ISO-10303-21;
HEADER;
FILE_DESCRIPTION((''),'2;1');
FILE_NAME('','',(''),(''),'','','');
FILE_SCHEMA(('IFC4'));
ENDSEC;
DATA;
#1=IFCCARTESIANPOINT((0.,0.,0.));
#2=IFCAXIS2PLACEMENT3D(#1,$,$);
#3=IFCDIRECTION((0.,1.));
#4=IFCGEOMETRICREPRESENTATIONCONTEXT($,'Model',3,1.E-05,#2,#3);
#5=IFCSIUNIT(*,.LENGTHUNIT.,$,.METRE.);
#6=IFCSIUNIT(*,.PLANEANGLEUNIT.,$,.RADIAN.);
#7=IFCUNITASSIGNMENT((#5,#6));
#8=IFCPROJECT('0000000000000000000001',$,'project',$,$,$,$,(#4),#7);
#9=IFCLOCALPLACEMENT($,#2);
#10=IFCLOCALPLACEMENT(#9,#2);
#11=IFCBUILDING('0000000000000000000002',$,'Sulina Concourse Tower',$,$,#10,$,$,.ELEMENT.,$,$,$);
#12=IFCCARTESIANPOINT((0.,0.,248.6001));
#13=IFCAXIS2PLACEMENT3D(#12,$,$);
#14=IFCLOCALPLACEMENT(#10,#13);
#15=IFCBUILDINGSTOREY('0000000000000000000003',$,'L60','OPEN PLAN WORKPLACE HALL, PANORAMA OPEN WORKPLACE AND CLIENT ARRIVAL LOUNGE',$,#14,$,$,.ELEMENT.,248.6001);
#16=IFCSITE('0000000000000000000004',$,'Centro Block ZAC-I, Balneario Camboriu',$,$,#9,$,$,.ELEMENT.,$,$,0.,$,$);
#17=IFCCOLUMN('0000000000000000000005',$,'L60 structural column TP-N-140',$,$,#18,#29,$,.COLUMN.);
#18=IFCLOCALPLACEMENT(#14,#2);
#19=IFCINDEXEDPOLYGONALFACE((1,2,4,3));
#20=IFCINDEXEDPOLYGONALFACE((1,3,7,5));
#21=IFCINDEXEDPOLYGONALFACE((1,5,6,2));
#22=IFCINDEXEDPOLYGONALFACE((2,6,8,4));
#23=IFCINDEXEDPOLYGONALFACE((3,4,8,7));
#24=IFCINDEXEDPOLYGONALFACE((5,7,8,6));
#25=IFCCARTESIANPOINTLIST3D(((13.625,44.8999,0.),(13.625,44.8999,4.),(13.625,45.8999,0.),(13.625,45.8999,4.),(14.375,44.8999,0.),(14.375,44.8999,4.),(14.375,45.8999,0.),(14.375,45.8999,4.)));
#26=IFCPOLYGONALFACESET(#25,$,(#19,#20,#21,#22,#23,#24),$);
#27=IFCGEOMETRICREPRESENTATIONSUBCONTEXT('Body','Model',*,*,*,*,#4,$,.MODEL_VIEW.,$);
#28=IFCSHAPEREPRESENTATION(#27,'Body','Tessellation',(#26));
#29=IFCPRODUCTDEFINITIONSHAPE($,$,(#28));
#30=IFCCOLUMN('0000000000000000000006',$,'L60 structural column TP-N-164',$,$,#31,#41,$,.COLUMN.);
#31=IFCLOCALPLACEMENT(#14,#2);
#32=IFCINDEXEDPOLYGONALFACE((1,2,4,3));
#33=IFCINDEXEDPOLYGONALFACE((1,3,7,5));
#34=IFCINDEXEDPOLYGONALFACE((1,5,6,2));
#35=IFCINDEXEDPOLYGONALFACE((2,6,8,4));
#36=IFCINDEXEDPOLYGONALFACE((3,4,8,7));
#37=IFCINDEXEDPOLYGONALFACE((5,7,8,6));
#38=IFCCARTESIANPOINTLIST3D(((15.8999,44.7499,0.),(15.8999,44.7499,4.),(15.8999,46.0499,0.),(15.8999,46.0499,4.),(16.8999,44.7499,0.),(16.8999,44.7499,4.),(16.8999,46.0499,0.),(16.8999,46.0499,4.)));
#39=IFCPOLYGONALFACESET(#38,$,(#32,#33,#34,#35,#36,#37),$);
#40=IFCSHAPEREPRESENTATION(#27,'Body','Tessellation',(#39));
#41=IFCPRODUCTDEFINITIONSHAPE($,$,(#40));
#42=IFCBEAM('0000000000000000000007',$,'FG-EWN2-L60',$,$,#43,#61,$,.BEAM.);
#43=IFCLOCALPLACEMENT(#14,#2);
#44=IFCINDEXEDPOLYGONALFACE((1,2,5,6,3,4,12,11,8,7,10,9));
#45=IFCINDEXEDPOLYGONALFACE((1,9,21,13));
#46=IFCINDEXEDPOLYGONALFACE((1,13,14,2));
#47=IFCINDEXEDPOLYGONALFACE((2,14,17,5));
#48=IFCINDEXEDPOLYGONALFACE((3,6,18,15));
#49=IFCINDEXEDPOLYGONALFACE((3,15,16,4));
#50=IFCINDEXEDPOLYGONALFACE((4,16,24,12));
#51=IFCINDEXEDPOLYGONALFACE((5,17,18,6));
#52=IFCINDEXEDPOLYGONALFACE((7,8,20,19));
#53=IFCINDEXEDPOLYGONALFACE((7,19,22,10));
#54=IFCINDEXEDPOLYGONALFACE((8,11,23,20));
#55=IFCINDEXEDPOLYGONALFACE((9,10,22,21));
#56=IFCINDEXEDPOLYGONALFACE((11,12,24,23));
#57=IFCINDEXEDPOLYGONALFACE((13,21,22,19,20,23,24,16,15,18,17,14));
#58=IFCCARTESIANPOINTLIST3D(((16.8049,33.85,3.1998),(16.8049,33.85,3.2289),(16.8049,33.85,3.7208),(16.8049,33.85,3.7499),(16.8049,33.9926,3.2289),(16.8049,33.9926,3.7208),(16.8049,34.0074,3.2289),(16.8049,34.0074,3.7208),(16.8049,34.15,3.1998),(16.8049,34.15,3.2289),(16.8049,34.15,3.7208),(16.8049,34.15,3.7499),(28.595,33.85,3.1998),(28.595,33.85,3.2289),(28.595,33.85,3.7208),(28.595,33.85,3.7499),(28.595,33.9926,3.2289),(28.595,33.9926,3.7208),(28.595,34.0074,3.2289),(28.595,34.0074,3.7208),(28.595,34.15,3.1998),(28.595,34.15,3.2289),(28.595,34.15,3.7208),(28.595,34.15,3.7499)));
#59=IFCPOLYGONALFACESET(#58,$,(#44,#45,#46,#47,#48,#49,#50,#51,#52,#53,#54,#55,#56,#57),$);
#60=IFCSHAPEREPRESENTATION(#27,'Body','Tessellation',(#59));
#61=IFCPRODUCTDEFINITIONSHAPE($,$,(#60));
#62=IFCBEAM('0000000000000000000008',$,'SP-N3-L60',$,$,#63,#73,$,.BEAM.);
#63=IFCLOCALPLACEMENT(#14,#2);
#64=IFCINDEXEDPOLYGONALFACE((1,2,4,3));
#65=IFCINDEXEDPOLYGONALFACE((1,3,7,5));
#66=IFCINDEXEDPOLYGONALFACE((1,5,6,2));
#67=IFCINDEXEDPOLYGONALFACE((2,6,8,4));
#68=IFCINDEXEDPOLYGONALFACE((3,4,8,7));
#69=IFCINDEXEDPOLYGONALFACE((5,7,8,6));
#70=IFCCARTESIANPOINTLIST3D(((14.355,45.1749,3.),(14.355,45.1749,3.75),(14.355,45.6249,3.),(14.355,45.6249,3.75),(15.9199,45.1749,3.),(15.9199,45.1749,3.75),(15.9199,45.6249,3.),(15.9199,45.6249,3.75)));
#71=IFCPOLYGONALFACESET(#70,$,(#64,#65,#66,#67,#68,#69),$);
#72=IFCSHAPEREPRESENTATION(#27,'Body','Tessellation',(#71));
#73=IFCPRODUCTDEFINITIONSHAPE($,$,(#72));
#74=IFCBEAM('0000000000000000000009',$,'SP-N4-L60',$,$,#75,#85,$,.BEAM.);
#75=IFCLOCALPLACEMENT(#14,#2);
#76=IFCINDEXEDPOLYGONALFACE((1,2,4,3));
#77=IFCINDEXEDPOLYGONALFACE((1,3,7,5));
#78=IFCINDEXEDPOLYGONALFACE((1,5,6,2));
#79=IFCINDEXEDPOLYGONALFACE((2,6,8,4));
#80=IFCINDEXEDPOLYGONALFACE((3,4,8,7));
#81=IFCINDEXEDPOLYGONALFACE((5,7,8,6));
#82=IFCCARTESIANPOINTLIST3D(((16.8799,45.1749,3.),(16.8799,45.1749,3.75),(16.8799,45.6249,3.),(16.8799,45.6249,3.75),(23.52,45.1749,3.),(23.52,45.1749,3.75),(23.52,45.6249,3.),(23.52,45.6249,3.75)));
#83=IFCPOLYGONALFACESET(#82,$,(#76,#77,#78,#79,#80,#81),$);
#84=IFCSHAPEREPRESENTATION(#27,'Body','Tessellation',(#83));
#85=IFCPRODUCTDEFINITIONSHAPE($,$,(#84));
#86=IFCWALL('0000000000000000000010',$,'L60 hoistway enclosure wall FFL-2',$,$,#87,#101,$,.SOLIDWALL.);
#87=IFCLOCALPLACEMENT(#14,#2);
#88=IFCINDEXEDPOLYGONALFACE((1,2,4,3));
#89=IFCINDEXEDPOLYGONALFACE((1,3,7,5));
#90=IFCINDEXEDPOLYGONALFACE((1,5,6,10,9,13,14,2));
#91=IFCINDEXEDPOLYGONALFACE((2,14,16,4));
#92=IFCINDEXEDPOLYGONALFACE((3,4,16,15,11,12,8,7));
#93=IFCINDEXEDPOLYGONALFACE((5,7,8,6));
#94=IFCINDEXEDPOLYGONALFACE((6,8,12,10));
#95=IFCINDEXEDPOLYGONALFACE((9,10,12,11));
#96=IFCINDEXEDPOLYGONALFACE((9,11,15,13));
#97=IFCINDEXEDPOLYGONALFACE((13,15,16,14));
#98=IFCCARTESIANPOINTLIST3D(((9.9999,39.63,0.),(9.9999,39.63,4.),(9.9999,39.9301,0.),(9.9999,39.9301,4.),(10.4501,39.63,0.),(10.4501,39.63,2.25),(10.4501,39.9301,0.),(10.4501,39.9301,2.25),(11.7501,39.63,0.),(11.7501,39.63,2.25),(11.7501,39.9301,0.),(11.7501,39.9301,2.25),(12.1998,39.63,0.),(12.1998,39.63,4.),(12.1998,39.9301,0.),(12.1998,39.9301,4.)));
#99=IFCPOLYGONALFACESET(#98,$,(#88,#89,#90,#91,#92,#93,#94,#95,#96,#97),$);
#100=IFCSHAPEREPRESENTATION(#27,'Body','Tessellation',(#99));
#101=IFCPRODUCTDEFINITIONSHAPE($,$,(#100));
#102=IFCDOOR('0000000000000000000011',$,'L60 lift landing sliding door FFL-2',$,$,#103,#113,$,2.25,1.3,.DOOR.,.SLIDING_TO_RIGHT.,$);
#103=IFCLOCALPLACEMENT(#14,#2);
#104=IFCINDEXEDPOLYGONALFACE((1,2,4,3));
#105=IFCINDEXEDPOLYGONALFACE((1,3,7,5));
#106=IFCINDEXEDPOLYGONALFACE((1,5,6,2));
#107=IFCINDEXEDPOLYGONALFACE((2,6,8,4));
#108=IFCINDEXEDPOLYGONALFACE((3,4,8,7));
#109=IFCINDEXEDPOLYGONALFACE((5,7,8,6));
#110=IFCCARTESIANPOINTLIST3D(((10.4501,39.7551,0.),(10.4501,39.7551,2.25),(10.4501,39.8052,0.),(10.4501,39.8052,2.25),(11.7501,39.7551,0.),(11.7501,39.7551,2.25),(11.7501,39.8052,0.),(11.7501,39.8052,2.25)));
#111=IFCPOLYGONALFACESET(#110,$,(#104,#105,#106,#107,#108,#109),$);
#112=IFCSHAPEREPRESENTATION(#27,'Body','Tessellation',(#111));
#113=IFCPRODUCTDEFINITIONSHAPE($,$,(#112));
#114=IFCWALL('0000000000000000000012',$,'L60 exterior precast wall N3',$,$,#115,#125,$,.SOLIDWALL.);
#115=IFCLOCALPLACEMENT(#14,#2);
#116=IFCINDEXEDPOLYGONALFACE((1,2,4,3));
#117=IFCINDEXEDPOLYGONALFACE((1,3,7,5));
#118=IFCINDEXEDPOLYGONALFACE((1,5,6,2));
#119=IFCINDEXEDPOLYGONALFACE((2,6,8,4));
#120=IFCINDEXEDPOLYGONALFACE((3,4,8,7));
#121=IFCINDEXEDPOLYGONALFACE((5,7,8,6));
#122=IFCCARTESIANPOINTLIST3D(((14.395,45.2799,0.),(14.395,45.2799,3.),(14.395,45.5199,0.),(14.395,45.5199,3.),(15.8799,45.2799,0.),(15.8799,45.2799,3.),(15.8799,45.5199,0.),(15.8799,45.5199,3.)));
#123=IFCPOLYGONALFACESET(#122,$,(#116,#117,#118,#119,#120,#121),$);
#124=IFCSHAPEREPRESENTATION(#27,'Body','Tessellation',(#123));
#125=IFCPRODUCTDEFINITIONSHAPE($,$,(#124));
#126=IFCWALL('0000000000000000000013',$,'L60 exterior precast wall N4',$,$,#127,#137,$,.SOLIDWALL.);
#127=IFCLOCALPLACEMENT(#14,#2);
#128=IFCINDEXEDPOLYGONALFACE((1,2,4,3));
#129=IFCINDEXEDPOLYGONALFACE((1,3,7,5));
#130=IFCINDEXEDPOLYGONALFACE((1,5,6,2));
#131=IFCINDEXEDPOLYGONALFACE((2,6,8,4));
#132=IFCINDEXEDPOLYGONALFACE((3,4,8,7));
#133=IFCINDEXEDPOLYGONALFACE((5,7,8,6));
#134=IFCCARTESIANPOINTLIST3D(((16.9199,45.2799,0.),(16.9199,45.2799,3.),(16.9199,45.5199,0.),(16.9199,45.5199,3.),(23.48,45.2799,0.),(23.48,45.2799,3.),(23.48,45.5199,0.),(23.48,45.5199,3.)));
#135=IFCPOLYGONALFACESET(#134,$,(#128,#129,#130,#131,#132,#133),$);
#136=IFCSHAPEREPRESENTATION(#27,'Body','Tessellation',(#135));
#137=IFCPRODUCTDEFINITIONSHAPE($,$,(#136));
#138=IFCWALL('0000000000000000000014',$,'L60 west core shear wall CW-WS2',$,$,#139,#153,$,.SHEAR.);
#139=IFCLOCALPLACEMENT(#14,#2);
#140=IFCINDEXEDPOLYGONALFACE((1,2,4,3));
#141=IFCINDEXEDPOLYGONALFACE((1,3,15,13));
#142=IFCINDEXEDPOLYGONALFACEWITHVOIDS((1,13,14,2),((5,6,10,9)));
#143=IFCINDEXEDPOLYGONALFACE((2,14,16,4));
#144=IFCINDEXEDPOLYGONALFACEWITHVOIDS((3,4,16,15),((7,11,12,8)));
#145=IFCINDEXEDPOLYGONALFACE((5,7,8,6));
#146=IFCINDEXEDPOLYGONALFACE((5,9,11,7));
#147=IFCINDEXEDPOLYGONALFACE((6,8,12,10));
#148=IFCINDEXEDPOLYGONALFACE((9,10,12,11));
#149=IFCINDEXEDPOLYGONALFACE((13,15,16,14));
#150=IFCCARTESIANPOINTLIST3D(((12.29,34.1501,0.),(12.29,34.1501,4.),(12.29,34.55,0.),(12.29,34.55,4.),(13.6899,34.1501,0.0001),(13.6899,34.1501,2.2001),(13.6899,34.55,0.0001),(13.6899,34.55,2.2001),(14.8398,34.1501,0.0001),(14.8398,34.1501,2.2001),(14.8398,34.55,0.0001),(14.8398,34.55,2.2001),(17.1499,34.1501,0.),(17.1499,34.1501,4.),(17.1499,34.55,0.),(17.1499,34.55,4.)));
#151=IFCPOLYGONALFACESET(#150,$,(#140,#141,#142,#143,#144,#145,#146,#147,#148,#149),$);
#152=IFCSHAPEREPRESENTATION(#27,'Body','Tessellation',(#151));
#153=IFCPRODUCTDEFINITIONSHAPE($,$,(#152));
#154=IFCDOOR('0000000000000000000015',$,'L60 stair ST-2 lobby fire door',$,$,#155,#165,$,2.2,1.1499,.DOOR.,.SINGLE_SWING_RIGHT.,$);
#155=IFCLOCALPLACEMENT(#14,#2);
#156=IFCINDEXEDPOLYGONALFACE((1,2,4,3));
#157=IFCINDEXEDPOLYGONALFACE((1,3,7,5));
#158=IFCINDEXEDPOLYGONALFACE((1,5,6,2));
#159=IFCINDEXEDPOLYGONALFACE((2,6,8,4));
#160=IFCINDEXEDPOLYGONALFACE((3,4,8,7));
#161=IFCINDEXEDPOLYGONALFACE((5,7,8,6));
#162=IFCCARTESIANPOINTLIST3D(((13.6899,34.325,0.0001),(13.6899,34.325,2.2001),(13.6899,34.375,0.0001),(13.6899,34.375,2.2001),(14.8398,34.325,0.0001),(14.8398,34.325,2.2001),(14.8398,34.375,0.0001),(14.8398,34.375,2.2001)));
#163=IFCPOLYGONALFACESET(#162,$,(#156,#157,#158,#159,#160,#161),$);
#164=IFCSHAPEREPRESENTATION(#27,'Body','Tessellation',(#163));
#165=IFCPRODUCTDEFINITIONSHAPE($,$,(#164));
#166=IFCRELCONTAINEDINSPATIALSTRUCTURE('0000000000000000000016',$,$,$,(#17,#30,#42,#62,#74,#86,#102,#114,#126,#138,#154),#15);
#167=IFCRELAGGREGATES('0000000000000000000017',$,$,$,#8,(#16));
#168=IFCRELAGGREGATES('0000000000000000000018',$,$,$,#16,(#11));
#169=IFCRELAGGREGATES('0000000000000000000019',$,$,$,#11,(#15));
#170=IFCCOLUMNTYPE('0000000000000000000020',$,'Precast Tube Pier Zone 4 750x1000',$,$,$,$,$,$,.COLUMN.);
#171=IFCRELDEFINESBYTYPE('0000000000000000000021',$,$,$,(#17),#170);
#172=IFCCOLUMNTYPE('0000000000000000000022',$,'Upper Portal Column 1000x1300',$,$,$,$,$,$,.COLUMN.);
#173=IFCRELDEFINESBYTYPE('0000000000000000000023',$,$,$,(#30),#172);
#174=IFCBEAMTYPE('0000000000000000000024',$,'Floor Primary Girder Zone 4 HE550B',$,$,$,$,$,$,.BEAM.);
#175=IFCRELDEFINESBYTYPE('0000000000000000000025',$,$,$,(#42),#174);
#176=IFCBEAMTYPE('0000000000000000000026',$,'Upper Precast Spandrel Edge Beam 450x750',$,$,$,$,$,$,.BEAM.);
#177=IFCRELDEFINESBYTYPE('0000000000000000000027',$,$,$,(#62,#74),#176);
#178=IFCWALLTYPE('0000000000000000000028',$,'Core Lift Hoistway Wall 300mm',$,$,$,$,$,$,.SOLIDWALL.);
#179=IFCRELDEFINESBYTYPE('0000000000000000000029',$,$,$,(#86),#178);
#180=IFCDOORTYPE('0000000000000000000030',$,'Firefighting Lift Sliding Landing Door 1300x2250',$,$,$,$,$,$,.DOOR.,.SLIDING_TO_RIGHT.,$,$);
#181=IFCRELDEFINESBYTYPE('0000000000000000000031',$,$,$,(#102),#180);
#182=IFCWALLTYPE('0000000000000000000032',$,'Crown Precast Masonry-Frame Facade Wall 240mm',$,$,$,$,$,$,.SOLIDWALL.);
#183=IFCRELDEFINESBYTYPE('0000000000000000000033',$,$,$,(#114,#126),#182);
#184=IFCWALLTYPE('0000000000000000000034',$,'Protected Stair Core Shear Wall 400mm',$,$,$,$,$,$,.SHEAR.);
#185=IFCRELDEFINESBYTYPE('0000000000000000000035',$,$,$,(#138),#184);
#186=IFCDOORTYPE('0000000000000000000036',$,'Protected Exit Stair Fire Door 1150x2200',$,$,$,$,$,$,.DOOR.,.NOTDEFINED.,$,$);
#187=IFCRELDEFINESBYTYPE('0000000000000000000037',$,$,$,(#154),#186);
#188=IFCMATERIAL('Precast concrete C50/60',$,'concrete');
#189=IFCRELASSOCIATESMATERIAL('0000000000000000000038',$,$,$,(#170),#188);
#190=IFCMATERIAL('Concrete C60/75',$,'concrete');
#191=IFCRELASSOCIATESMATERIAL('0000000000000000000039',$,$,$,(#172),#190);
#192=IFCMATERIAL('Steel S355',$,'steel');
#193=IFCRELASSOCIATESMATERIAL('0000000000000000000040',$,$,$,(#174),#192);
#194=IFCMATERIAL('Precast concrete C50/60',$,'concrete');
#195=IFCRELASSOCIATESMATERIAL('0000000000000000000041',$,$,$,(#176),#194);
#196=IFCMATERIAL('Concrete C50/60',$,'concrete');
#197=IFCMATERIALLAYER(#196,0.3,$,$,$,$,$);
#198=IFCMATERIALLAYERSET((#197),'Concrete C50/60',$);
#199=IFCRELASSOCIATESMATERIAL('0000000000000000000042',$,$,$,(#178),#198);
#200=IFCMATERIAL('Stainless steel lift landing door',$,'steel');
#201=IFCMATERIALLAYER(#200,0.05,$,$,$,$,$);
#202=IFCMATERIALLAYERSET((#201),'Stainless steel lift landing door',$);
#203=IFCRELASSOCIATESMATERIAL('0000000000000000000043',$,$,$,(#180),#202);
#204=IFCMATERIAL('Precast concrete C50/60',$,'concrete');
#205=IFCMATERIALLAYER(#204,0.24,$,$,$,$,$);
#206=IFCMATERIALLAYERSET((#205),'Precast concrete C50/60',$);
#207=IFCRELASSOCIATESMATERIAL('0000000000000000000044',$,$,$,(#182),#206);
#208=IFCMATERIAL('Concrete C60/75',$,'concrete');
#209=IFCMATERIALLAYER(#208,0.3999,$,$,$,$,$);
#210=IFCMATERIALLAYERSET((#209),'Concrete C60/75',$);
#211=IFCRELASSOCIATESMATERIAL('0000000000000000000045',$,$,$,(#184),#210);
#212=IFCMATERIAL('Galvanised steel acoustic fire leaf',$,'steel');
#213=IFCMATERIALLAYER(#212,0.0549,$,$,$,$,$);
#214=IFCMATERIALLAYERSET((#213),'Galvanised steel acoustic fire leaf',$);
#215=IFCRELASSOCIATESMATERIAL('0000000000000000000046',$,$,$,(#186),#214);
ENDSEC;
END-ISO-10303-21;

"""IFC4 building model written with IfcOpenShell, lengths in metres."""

from ifc_helpers import new_model, si_unit, direction, frame, frame_2d, origin, origin_2d, place, context, subcontext, project, spatial, rectangle, i_section, extrude, material, layer, layer_set, material_profile, profile_set, type_object, element, fill, save


model = new_model("IFC4")

# Units and contexts
model_context = context("Model", 3, precision=1e-05, world=origin(), true_north=direction((0.0, 1.0)))
body_context = subcontext(model_context, "Body", "Model", "MODEL_VIEW")
ifc_project = project(units=[si_unit("LENGTHUNIT", "METRE"), si_unit("PLANEANGLEUNIT", "RADIAN")], contexts=[model_context])

# Site, building, storey
site_placement = place(None, origin())
site = spatial("IfcSite", under=ifc_project, at=site_placement, Name="Centro Block ZAC-I, Balneario Camboriu", CompositionType="ELEMENT", RefElevation=0.0)
building_placement = place(site_placement, origin())
building = spatial("IfcBuilding", under=site, at=building_placement, Name="Sulina Concourse Tower", CompositionType="ELEMENT")
storey_placement = place(building_placement, frame((0.0, 0.0, 248.6001)))
storey = spatial("IfcBuildingStorey", under=building, at=storey_placement, Name="L60", Description="OPEN PLAN WORKPLACE HALL, PANORAMA OPEN WORKPLACE AND CLIENT ARRIVAL LOUNGE", CompositionType="ELEMENT", Elevation=248.6001)

# Columns
ifc_material_1 = material(Name="Precast concrete C50/60", Category="concrete")
ifc_material_profile_1 = material_profile(ifc_material_1, rectangle(XDim=0.75, YDim=1.0, at=origin_2d()), Name="PC 750x1000")
ifc_profile_set_1 = profile_set([ifc_material_profile_1], Name="Precast concrete C50/60")
column_type_1 = type_object("IfcColumnType", Name="Precast Tube Pier Zone 4 750x1000", PredefinedType="COLUMN", material=ifc_profile_set_1)
column_1_placement = place(storey_placement, frame((14.0, 45.3999, 0.0), z_axis=(0.0, 0.0, 1.0), x_axis=(1.0, 0.0, 0.0)))
element("IfcColumn", 1, at=column_1_placement, inside=storey, type_object=column_type_1, Name="L60 structural column TP-N-140", PredefinedType="COLUMN", context=body_context, shape_type="SweptSolid", body=[
    extrude(rectangle(XDim=0.75, YDim=1.0, at=origin_2d()), origin(), (0.0, 0.0, 1.0), 4.0),
])
ifc_material_2 = material(Name="Concrete C60/75", Category="concrete")
ifc_material_profile_2 = material_profile(ifc_material_2, rectangle(XDim=1.0, YDim=1.3, at=origin_2d()), Name="RC 1000x1300")
ifc_profile_set_2 = profile_set([ifc_material_profile_2], Name="Concrete C60/75")
column_type_2 = type_object("IfcColumnType", Name="Upper Portal Column 1000x1300", PredefinedType="COLUMN", material=ifc_profile_set_2)
column_2_placement = place(storey_placement, frame((16.3999, 45.3999, 0.0), z_axis=(0.0, 0.0, 1.0), x_axis=(1.0, 0.0, 0.0)))
element("IfcColumn", 2, at=column_2_placement, inside=storey, type_object=column_type_2, Name="L60 structural column TP-N-164", PredefinedType="COLUMN", context=body_context, shape_type="SweptSolid", body=[
    extrude(rectangle(XDim=1.0, YDim=1.3, at=origin_2d()), origin(), (0.0, 0.0, 1.0), 4.0),
])

# Beams
ifc_material_3 = material(Name="Steel S355", Category="steel")
ifc_material_profile_3 = material_profile(ifc_material_3, i_section(OverallWidth=0.3, OverallDepth=0.55, WebThickness=0.0149, FlangeThickness=0.0291, at=origin_2d()), Name="HE 550 B")
ifc_profile_set_3 = profile_set([ifc_material_profile_3], Name="Steel S355")
beam_type_1 = type_object("IfcBeamType", Name="Floor Primary Girder Zone 4 HE550B", PredefinedType="BEAM", material=ifc_profile_set_3)
beam_1_placement = place(storey_placement, frame((16.8049, 34.0, 3.4749), z_axis=(1.0, 0.0, 0.0), x_axis=(0.0, 1.0, 0.0)))
element("IfcBeam", 3, at=beam_1_placement, inside=storey, type_object=beam_type_1, Name="FG-EWN2-L60", PredefinedType="BEAM", context=body_context, shape_type="SweptSolid", body=[
    extrude(i_section(OverallWidth=0.3, OverallDepth=0.55, WebThickness=0.0149, FlangeThickness=0.0291, at=origin_2d()), origin(), (0.0, 0.0, 1.0), 11.79),
])
ifc_material_4 = material(Name="Precast concrete C50/60", Category="concrete")
ifc_material_profile_4 = material_profile(ifc_material_4, rectangle(XDim=0.45, YDim=0.75, at=origin_2d()), Name="RC 450x750")
ifc_profile_set_4 = profile_set([ifc_material_profile_4], Name="Precast concrete C50/60")
beam_type_2 = type_object("IfcBeamType", Name="Upper Precast Spandrel Edge Beam 450x750", PredefinedType="BEAM", material=ifc_profile_set_4)
beam_2_placement = place(storey_placement, frame((14.355, 45.3999, 3.375), z_axis=(1.0, 0.0, 0.0), x_axis=(0.0, 1.0, 0.0)))
element("IfcBeam", 4, at=beam_2_placement, inside=storey, type_object=beam_type_2, Name="SP-N3-L60", PredefinedType="BEAM", context=body_context, shape_type="SweptSolid", body=[
    extrude(rectangle(XDim=0.45, YDim=0.75, at=origin_2d()), origin(), (0.0, 0.0, 1.0), 1.5649),
])
beam_3_placement = place(storey_placement, frame((16.8799, 45.3999, 3.375), z_axis=(1.0, 0.0, 0.0), x_axis=(0.0, 1.0, 0.0)))
element("IfcBeam", 5, at=beam_3_placement, inside=storey, type_object=beam_type_2, Name="SP-N4-L60", PredefinedType="BEAM", context=body_context, shape_type="SweptSolid", body=[
    extrude(rectangle(XDim=0.45, YDim=0.75, at=origin_2d()), origin(), (0.0, 0.0, 1.0), 6.6401),
])

# Wall, opening, door
ifc_material_5 = material(Name="Concrete C50/60", Category="concrete")
ifc_layer_1 = layer(ifc_material_5, 0.3)
ifc_layer_set_1 = layer_set([ifc_layer_1], Name="Concrete C50/60")
wall_type_1 = type_object("IfcWallType", Name="Core Lift Hoistway Wall 300mm", PredefinedType="SOLIDWALL", material=ifc_layer_set_1)
wall_1_placement = place(storey_placement, frame((12.2, 39.78, 0.0), z_axis=(0.0, 0.0, 1.0), x_axis=(-1.0, 0.0, 0.0)))
wall_1 = element("IfcWall", 6, at=wall_1_placement, inside=storey, type_object=wall_type_1, Name="L60 hoistway enclosure wall FFL-2", PredefinedType="SOLIDWALL", context=body_context, shape_type="SweptSolid", body=[
    extrude(rectangle(XDim=2.2, YDim=0.3, at=frame_2d((1.1001, 0.0))), origin(), (0.0, 0.0, 1.0), 4.0),
])
opening_1_placement = place(wall_1_placement, frame((0.45, 0.0, 0.0)))
opening_1 = element("IfcOpeningElement", 7, at=opening_1_placement, cuts=wall_1, PredefinedType="OPENING", context=body_context, shape_type="SweptSolid", body=[
    extrude(rectangle(XDim=1.3, YDim=2.25, at=frame_2d((0.6499, 1.125))), frame((0.0, 0.1599, 0.0), z_axis=(0.0, -1.0, 0.0), x_axis=(1.0, 0.0, 0.0)), (0.0, 0.0, 1.0), 0.3201),
])
ifc_material_6 = material(Name="Stainless steel lift landing door", Category="steel")
ifc_layer_2 = layer(ifc_material_6, 0.05)
ifc_layer_set_2 = layer_set([ifc_layer_2], Name="Stainless steel lift landing door")
door_type_1 = type_object("IfcDoorType", Name="Firefighting Lift Sliding Landing Door 1300x2250", OperationType="SLIDING_TO_RIGHT", PredefinedType="DOOR", material=ifc_layer_set_2)
door_1_placement = place(opening_1_placement, origin())
door_1 = element("IfcDoor", 8, at=door_1_placement, inside=storey, type_object=door_type_1, Name="L60 lift landing sliding door FFL-2", OperationType="SLIDING_TO_RIGHT", OverallHeight=2.25, OverallWidth=1.3, PredefinedType="DOOR", context=body_context, shape_type="SweptSolid", body=[
    extrude(rectangle(XDim=1.3, YDim=2.25, at=frame_2d((0.6499, 1.125))), frame((0.0, 0.0249, 0.0), z_axis=(0.0, -1.0, 0.0), x_axis=(1.0, 0.0, 0.0)), (0.0, 0.0, 1.0), 0.05),
])
fill(opening_1, door_1)

# Walls
ifc_material_7 = material(Name="Precast concrete C50/60", Category="concrete")
ifc_layer_3 = layer(ifc_material_7, 0.24)
ifc_layer_set_3 = layer_set([ifc_layer_3], Name="Precast concrete C50/60")
wall_type_2 = type_object("IfcWallType", Name="Crown Precast Masonry-Frame Facade Wall 240mm", PredefinedType="SOLIDWALL", material=ifc_layer_set_3)
wall_2_placement = place(storey_placement, frame((14.395, 45.3999, 0.0), z_axis=(0.0, 0.0, 1.0), x_axis=(1.0, 0.0, 0.0)))
element("IfcWall", 9, at=wall_2_placement, inside=storey, type_object=wall_type_2, Name="L60 exterior precast wall N3", PredefinedType="SOLIDWALL", context=body_context, shape_type="SweptSolid", body=[
    extrude(rectangle(XDim=1.4849, YDim=0.24, at=frame_2d((0.7424, 0.0))), origin(), (0.0, 0.0, 1.0), 3.0),
])
wall_3_placement = place(storey_placement, frame((16.9199, 45.3999, 0.0), z_axis=(0.0, 0.0, 1.0), x_axis=(1.0, 0.0, 0.0)))
element("IfcWall", 10, at=wall_3_placement, inside=storey, type_object=wall_type_2, Name="L60 exterior precast wall N4", PredefinedType="SOLIDWALL", context=body_context, shape_type="SweptSolid", body=[
    extrude(rectangle(XDim=6.5601, YDim=0.24, at=frame_2d((3.28, 0.0))), origin(), (0.0, 0.0, 1.0), 3.0),
])

# Wall, opening, door
ifc_material_8 = material(Name="Concrete C60/75", Category="concrete")
ifc_layer_4 = layer(ifc_material_8, 0.3999)
ifc_layer_set_4 = layer_set([ifc_layer_4], Name="Concrete C60/75")
wall_type_3 = type_object("IfcWallType", Name="Protected Stair Core Shear Wall 400mm", PredefinedType="SHEAR", material=ifc_layer_set_4)
wall_4_placement = place(storey_placement, frame((12.29, 34.3501, 0.0), z_axis=(0.0, 0.0, 1.0), x_axis=(1.0, 0.0, 0.0)))
wall_4 = element("IfcWall", 11, at=wall_4_placement, inside=storey, type_object=wall_type_3, Name="L60 west core shear wall CW-WS2", PredefinedType="SHEAR", context=body_context, shape_type="SweptSolid", body=[
    extrude(rectangle(XDim=4.8599, YDim=0.3999, at=frame_2d((2.4299, 0.0))), origin(), (0.0, 0.0, 1.0), 4.0),
])
opening_2_placement = place(wall_4_placement, frame((1.3999, 0.0, 0.0)))
opening_2 = element("IfcOpeningElement", 12, at=opening_2_placement, cuts=wall_4, PredefinedType="OPENING", context=body_context, shape_type="SweptSolid", body=[
    extrude(rectangle(XDim=1.1499, YDim=2.2, at=frame_2d((0.575, 1.1001))), frame((0.0, 0.21, 0.0), z_axis=(0.0, -1.0, 0.0), x_axis=(1.0, 0.0, 0.0)), (0.0, 0.0, 1.0), 0.4199),
])
ifc_material_9 = material(Name="Galvanised steel acoustic fire leaf", Category="steel")
ifc_layer_5 = layer(ifc_material_9, 0.0549)
ifc_layer_set_5 = layer_set([ifc_layer_5], Name="Galvanised steel acoustic fire leaf")
door_type_2 = type_object("IfcDoorType", Name="Protected Exit Stair Fire Door 1150x2200", OperationType="NOTDEFINED", PredefinedType="DOOR", material=ifc_layer_set_5)
door_2_placement = place(opening_2_placement, origin())
door_2 = element("IfcDoor", 13, at=door_2_placement, inside=storey, type_object=door_type_2, Name="L60 stair ST-2 lobby fire door", OperationType="SINGLE_SWING_RIGHT", OverallHeight=2.2, OverallWidth=1.1499, PredefinedType="DOOR", context=body_context, shape_type="SweptSolid", body=[
    extrude(rectangle(XDim=1.1499, YDim=2.2, at=frame_2d((0.575, 1.1001))), frame((0.0, 0.0249, 0.0), z_axis=(0.0, -1.0, 0.0), x_axis=(1.0, 0.0, 0.0)), (0.0, 0.0, 1.0), 0.05),
])
fill(opening_2, door_2)

save(model, "model.ifc")
